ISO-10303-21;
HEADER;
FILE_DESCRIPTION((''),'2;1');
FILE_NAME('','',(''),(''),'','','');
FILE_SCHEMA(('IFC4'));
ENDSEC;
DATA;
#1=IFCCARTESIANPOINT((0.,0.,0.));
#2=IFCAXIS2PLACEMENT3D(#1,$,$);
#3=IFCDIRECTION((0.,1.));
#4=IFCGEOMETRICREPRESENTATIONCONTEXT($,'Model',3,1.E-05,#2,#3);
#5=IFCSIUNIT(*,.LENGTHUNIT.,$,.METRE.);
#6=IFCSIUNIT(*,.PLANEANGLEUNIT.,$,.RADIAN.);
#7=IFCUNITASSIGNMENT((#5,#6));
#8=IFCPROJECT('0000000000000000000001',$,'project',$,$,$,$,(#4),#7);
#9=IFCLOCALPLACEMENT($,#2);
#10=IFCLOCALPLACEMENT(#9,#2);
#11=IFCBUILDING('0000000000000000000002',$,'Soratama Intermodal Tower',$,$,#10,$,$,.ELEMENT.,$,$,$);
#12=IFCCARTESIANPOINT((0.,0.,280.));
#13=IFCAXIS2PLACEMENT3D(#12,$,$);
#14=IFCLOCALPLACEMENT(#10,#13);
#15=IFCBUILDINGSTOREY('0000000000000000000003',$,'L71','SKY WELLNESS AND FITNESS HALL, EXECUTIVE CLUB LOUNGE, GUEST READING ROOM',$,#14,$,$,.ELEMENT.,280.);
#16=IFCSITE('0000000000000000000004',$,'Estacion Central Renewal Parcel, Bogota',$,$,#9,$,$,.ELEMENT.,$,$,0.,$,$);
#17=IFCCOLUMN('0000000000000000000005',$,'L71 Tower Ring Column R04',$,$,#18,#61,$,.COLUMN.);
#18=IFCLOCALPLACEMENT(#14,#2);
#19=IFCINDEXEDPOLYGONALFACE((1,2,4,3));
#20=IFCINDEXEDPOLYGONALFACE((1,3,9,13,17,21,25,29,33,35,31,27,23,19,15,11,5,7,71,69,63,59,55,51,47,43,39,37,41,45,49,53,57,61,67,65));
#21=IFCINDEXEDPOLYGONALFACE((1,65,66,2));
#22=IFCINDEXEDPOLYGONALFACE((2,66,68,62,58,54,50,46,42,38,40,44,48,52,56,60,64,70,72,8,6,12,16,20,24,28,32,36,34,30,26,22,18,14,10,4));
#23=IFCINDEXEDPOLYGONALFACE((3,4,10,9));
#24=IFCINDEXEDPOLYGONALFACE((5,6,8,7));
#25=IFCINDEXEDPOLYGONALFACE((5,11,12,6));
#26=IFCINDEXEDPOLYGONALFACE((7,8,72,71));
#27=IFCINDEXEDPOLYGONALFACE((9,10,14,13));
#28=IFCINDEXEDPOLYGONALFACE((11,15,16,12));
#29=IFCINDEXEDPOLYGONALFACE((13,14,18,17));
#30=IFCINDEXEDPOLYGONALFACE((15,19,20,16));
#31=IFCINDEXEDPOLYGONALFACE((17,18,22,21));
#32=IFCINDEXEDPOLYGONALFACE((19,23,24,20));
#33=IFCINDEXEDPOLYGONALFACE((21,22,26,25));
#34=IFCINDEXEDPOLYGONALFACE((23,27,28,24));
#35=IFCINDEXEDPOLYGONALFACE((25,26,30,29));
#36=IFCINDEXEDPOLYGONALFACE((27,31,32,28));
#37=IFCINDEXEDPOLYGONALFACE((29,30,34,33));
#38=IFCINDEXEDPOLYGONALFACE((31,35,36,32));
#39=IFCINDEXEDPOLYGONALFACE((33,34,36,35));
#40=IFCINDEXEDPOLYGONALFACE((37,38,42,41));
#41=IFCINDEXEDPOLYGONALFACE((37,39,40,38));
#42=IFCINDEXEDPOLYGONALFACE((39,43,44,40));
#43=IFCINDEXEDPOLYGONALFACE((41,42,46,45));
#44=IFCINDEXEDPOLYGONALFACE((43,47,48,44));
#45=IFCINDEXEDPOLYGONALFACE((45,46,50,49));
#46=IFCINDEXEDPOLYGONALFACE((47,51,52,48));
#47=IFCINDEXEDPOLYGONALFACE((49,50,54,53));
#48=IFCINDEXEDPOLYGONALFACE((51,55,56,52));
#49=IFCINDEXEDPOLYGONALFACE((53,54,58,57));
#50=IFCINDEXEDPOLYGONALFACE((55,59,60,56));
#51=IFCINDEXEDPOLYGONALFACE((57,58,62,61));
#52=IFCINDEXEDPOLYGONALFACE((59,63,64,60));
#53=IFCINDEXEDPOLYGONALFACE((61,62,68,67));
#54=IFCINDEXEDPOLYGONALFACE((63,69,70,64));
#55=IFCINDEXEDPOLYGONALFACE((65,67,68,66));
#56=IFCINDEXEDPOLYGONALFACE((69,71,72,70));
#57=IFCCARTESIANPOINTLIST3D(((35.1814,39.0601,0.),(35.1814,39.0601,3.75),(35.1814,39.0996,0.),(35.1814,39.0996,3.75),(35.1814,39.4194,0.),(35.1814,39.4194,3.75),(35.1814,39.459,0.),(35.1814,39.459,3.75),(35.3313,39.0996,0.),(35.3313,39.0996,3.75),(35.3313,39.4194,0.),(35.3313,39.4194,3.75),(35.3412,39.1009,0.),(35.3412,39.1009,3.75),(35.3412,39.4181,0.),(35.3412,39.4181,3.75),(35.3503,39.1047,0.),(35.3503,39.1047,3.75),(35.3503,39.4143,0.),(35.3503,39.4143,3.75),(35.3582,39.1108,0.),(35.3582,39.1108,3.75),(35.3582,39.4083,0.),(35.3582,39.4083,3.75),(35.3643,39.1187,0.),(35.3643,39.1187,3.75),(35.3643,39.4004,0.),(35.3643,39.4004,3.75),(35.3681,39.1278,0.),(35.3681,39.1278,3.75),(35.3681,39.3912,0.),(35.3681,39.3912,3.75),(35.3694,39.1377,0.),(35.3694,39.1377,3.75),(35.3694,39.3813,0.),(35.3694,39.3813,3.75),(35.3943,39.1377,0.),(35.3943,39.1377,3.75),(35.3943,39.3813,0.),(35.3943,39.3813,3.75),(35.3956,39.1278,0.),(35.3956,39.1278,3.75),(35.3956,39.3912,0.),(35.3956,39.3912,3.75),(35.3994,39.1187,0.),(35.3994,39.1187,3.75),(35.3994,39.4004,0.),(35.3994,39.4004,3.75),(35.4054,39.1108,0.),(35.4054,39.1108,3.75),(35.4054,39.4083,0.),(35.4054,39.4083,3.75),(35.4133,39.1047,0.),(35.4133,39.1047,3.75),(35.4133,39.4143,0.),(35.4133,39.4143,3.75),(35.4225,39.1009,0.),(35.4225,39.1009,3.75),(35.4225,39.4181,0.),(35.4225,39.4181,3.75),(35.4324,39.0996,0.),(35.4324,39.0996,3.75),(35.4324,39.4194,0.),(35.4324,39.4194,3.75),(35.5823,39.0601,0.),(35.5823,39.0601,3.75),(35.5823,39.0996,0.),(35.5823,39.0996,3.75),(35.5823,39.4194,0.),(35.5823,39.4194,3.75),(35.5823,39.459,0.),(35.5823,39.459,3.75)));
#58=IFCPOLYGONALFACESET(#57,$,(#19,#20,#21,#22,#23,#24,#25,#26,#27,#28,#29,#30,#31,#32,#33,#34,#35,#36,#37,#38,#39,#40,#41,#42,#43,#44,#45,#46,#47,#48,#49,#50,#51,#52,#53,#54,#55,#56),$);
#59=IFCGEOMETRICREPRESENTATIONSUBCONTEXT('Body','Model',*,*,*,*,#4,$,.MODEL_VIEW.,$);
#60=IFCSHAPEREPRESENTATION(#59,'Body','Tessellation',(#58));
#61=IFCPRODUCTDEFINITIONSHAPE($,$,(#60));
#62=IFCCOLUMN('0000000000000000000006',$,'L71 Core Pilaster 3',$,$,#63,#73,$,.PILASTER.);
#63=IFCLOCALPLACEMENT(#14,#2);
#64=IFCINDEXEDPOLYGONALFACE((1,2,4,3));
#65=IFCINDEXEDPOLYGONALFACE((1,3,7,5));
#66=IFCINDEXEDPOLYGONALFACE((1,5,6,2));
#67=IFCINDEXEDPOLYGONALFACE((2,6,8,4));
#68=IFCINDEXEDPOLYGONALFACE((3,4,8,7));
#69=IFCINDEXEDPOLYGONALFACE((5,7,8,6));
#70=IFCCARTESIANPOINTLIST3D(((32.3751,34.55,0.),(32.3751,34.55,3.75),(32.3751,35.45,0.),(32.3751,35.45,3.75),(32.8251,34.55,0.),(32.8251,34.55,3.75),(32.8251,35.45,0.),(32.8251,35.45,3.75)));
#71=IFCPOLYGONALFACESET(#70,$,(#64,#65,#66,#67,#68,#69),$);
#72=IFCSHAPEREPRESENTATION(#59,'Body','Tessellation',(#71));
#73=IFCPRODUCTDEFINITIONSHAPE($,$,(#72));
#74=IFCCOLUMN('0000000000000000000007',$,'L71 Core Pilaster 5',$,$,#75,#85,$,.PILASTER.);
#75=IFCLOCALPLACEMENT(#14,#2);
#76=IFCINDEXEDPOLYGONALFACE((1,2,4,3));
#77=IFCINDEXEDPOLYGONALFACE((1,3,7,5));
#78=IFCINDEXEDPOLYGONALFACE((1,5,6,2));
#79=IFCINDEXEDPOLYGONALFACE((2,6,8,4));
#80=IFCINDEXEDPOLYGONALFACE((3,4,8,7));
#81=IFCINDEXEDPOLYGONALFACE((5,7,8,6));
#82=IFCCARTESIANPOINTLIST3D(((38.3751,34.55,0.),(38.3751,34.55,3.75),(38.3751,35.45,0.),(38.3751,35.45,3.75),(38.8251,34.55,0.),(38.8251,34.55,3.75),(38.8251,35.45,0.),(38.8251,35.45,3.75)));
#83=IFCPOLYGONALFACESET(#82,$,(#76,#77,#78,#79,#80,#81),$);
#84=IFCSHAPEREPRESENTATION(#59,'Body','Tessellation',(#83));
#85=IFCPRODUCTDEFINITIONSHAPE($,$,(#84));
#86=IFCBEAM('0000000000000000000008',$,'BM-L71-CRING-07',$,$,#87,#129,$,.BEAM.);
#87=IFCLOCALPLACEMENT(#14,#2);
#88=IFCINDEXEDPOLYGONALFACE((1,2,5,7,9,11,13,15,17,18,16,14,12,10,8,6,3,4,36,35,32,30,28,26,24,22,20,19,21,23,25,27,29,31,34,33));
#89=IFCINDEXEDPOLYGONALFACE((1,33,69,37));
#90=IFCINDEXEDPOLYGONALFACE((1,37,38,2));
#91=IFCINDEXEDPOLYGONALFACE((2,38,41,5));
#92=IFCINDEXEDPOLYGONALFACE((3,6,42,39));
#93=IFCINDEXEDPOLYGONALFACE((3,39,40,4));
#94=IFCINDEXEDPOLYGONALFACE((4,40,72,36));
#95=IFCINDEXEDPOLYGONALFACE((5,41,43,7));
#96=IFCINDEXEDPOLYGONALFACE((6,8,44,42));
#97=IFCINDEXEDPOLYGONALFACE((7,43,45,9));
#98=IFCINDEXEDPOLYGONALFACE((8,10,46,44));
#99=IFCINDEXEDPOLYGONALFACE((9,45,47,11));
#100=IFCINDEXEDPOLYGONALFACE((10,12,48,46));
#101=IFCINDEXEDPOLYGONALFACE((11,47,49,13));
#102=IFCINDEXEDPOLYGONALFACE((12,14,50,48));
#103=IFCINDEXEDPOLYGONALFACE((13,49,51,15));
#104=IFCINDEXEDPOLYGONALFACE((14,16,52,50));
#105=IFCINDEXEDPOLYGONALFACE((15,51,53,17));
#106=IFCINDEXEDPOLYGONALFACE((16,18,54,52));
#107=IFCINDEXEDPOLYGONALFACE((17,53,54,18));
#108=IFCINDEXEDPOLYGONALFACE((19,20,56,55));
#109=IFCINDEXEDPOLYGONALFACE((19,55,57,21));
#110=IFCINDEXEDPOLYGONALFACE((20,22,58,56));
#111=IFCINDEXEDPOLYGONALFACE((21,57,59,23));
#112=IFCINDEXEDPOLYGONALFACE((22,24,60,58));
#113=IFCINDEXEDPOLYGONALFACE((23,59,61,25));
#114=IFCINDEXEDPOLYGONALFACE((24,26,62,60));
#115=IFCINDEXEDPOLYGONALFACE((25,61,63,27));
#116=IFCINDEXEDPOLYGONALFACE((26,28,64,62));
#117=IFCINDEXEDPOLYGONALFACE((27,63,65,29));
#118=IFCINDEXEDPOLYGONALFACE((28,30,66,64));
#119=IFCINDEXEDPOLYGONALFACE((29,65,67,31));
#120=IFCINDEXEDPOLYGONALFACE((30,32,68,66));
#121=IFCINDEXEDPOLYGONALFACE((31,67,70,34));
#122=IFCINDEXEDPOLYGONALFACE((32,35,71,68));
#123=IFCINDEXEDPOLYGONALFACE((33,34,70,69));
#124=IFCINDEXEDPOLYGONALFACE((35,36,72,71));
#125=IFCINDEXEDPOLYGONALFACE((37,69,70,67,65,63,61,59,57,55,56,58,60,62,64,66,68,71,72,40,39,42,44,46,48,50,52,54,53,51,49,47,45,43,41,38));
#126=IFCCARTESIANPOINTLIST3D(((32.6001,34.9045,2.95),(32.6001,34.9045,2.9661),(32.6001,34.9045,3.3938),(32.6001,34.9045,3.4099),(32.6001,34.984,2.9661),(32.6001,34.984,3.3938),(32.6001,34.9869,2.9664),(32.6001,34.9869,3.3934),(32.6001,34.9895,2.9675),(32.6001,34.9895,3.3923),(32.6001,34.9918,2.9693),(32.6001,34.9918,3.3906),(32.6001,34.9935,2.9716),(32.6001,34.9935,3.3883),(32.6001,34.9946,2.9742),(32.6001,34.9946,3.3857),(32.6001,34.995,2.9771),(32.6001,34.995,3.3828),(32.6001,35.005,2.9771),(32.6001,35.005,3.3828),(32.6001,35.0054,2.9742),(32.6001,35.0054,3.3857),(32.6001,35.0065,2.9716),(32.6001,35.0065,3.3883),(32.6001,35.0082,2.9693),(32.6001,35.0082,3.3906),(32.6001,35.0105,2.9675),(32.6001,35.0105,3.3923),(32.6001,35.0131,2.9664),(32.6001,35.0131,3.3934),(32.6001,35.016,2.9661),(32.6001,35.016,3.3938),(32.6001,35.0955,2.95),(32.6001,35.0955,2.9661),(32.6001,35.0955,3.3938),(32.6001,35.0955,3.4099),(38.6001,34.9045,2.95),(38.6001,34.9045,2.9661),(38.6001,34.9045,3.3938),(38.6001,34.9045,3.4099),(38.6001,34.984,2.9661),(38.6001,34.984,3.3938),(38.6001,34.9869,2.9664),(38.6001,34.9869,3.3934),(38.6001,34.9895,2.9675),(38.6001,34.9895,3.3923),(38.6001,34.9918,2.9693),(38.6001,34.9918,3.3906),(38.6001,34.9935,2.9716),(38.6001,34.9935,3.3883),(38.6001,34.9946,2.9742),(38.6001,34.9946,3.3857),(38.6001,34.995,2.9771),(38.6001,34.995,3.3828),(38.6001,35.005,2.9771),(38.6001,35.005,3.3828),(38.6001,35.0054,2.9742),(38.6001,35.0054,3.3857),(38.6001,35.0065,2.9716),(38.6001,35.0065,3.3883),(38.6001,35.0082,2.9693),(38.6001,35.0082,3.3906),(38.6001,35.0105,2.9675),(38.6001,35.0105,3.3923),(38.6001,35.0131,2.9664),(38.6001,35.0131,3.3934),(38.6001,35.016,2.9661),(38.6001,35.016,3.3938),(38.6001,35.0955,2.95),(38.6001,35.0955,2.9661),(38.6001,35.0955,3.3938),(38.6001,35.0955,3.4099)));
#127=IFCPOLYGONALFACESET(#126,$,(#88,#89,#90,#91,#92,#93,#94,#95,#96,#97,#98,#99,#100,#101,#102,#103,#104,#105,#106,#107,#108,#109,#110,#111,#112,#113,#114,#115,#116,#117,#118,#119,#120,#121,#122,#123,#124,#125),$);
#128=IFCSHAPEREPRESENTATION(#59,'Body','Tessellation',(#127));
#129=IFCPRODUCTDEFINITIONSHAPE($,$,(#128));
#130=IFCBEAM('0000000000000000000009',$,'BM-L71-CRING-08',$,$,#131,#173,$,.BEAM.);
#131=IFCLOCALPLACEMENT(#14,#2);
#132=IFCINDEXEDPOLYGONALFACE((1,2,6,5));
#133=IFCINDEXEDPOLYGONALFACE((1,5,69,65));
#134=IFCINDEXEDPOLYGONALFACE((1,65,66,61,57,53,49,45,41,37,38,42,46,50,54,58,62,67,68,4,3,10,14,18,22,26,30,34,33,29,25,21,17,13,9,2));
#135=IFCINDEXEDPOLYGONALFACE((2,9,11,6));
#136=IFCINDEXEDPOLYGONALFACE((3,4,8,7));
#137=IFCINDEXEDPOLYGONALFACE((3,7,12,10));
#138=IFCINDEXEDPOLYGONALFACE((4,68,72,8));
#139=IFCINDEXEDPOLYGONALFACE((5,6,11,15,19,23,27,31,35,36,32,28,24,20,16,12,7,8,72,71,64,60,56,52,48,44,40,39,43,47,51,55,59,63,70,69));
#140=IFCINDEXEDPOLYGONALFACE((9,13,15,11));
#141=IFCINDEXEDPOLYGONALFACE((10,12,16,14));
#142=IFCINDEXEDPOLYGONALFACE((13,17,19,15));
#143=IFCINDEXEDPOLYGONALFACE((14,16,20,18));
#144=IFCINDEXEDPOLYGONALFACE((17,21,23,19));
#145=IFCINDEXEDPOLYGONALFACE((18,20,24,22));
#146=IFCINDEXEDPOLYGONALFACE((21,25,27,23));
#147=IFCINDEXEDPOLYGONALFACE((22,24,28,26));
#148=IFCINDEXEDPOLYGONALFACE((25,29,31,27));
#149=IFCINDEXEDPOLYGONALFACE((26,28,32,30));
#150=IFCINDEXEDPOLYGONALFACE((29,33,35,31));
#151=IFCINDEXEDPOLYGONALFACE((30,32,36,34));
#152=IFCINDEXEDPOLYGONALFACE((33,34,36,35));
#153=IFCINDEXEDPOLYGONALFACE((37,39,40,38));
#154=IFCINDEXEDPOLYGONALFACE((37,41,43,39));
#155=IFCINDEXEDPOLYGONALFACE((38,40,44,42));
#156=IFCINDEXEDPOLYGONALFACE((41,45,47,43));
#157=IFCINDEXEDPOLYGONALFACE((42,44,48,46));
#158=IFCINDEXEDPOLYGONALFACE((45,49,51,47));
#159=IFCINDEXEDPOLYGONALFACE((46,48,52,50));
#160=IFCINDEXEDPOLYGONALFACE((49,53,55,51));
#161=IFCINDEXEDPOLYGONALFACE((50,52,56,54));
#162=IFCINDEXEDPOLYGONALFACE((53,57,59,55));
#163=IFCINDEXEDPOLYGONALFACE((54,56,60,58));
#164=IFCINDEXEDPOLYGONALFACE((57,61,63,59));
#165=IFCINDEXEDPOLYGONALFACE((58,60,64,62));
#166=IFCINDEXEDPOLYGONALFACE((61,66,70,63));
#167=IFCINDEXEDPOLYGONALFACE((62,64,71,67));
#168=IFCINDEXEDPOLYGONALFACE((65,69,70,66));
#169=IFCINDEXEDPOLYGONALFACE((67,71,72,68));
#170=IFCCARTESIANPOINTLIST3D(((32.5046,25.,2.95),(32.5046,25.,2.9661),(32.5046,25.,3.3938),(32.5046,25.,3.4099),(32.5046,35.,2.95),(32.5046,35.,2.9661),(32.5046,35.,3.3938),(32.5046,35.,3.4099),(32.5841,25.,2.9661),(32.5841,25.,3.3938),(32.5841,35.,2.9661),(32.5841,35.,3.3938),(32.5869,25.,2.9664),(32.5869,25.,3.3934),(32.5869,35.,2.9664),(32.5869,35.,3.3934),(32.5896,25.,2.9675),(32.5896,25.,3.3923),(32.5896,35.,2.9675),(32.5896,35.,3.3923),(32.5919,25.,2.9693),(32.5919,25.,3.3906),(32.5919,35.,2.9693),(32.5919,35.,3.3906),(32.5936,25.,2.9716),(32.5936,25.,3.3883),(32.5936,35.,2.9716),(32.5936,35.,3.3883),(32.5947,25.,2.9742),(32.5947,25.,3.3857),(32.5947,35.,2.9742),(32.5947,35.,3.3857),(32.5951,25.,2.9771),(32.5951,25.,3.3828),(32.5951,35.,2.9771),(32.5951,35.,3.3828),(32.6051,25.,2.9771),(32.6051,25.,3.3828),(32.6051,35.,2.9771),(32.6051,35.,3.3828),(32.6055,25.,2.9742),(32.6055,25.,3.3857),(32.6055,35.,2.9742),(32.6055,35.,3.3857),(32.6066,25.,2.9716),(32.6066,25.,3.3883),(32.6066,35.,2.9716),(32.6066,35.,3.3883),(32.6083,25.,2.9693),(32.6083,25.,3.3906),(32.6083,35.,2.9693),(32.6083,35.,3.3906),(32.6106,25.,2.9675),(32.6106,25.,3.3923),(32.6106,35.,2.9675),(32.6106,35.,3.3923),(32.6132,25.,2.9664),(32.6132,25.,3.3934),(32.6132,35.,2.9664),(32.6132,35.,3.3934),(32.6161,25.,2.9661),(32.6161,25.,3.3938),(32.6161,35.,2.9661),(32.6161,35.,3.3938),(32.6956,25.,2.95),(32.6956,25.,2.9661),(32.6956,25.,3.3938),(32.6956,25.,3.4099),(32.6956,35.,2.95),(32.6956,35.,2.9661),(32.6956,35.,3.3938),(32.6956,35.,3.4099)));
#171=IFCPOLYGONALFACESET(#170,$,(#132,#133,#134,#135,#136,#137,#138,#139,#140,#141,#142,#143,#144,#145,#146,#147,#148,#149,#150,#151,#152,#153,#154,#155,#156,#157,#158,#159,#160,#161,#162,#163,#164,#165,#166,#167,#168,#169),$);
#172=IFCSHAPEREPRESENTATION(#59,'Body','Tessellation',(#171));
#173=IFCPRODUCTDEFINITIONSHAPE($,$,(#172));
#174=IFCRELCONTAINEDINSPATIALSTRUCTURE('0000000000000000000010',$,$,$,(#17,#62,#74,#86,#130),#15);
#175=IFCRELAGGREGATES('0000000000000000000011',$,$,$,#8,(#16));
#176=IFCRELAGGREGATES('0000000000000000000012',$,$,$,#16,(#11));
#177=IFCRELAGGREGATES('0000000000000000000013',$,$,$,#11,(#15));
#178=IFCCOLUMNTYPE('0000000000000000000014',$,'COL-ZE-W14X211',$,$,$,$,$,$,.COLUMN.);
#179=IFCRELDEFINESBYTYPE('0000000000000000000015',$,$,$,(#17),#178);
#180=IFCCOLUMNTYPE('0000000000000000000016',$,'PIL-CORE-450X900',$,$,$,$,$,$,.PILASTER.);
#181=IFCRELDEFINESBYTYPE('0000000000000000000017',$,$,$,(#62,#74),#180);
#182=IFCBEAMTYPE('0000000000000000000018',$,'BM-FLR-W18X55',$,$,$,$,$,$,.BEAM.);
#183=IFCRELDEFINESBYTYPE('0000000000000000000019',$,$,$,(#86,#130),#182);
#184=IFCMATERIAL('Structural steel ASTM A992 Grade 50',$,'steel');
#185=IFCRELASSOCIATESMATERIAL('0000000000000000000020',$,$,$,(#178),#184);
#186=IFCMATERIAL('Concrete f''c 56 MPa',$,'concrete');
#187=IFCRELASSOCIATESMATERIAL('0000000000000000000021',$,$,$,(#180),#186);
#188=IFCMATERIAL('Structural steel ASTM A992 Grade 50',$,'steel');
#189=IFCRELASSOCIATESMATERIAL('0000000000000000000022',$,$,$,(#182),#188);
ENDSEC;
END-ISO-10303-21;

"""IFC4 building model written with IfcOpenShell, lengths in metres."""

from ifc_helpers import new_model, si_unit, direction, frame, origin, origin_2d, place, context, subcontext, project, spatial, rectangle, i_section, extrude, material, material_profile, profile_set, type_object, element, save


model = new_model("IFC4")

# Units and contexts
model_context = context("Model", 3, precision=1e-05, world=origin(), true_north=direction((0.0, 1.0)))
body_context = subcontext(model_context, "Body", "Model", "MODEL_VIEW")
ifc_project = project(units=[si_unit("LENGTHUNIT", "METRE"), si_unit("PLANEANGLEUNIT", "RADIAN")], contexts=[model_context])

# Site, building, storey
site_placement = place(None, origin())
site = spatial("IfcSite", under=ifc_project, at=site_placement, Name="Estacion Central Renewal Parcel, Bogota", CompositionType="ELEMENT", RefElevation=0.0)
building_placement = place(site_placement, origin())
building = spatial("IfcBuilding", under=site, at=building_placement, Name="Soratama Intermodal Tower", CompositionType="ELEMENT")
storey_placement = place(building_placement, frame((0.0, 0.0, 280.0)))
storey = spatial("IfcBuildingStorey", under=building, at=storey_placement, Name="L71", Description="SKY WELLNESS AND FITNESS HALL, EXECUTIVE CLUB LOUNGE, GUEST READING ROOM", CompositionType="ELEMENT", Elevation=280.0)

# Columns
ifc_material_1 = material(Name="Structural steel ASTM A992 Grade 50", Category="steel")
ifc_material_profile_1 = material_profile(ifc_material_1, i_section(OverallWidth=0.4009, OverallDepth=0.3989, WebThickness=0.0249, FlangeThickness=0.0396, FilletRadius=0.0381, at=origin_2d()), Name="W14X211")
ifc_profile_set_1 = profile_set([ifc_material_profile_1], Name="Structural steel ASTM A992 Grade 50")
column_type_1 = type_object("IfcColumnType", Name="COL-ZE-W14X211", PredefinedType="COLUMN", material=ifc_profile_set_1)
column_placement = place(storey_placement, frame((35.3818, 39.2595, 0.0), z_axis=(0.0, 0.0, 1.0), x_axis=(1.0, 0.0, 0.0)))
element("IfcColumn", 1, at=column_placement, inside=storey, type_object=column_type_1, Name="L71 Tower Ring Column R04", PredefinedType="COLUMN", context=body_context, shape_type="SweptSolid", body=[
    extrude(i_section(OverallWidth=0.4009, OverallDepth=0.3989, WebThickness=0.0249, FlangeThickness=0.0396, FilletRadius=0.0381, at=origin_2d()), origin(), (0.0, 0.0, 1.0), 3.75),
])
ifc_material_2 = material(Name="Concrete f'c 56 MPa", Category="concrete")
ifc_material_profile_2 = material_profile(ifc_material_2, rectangle(XDim=0.45, YDim=0.8999, at=origin_2d()), Name="RC450X900")
ifc_profile_set_2 = profile_set([ifc_material_profile_2], Name="Concrete f'c 56 MPa")
column_type_2 = type_object("IfcColumnType", Name="PIL-CORE-450X900", PredefinedType="PILASTER", material=ifc_profile_set_2)
for number, where, z_axis, x_axis, name in (
    (2, (32.6001, 35.0, 0.0), (0.0, 0.0, 1.0), (1.0, 0.0, 0.0), "L71 Core Pilaster 3"),
    (3, (38.6001, 35.0, 0.0), (0.0, 0.0, 1.0), (1.0, 0.0, 0.0), "L71 Core Pilaster 5"),
):
    element("IfcColumn", number, at=place(storey_placement, frame(where, z_axis=z_axis, x_axis=x_axis)), inside=storey, type_object=column_type_2, Name=name, PredefinedType="PILASTER", context=body_context, shape_type="SweptSolid", body=[
        extrude(rectangle(XDim=0.45, YDim=0.8999, at=origin_2d()), origin(), (0.0, 0.0, 1.0), 3.75),
    ])

# Beams
ifc_material_3 = material(Name="Structural steel ASTM A992 Grade 50", Category="steel")
ifc_material_profile_3 = material_profile(ifc_material_3, i_section(OverallWidth=0.1909, OverallDepth=0.46, WebThickness=0.01, FlangeThickness=0.0161, FilletRadius=0.011, at=origin_2d()), Name="W18X55")
ifc_profile_set_3 = profile_set([ifc_material_profile_3], Name="Structural steel ASTM A992 Grade 50")
beam_type_1 = type_object("IfcBeamType", Name="BM-FLR-W18X55", PredefinedType="BEAM", material=ifc_profile_set_3)
beam_1_placement = place(storey_placement, frame((38.6001, 35.0, 3.1799), z_axis=(-1.0, 0.0, 0.0), x_axis=(0.0, -1.0, 0.0)))
element("IfcBeam", 4, at=beam_1_placement, inside=storey, type_object=beam_type_1, Name="BM-L71-CRING-07", PredefinedType="BEAM", context=body_context, shape_type="SweptSolid", body=[
    extrude(i_section(OverallWidth=0.1909, OverallDepth=0.46, WebThickness=0.01, FlangeThickness=0.0161, FilletRadius=0.011, at=origin_2d()), origin(), (0.0, 0.0, 1.0), 6.0),
])
beam_2_placement = place(storey_placement, frame((32.6001, 35.0, 3.1799), z_axis=(0.0, -1.0, 0.0), x_axis=(1.0, 0.0, 0.0)))
element("IfcBeam", 5, at=beam_2_placement, inside=storey, type_object=beam_type_1, Name="BM-L71-CRING-08", PredefinedType="BEAM", context=body_context, shape_type="SweptSolid", body=[
    extrude(i_section(OverallWidth=0.1909, OverallDepth=0.46, WebThickness=0.01, FlangeThickness=0.0161, FilletRadius=0.011, at=origin_2d()), origin(), (0.0, 0.0, 1.0), 10.0),
])

save(model, "model.ifc")
